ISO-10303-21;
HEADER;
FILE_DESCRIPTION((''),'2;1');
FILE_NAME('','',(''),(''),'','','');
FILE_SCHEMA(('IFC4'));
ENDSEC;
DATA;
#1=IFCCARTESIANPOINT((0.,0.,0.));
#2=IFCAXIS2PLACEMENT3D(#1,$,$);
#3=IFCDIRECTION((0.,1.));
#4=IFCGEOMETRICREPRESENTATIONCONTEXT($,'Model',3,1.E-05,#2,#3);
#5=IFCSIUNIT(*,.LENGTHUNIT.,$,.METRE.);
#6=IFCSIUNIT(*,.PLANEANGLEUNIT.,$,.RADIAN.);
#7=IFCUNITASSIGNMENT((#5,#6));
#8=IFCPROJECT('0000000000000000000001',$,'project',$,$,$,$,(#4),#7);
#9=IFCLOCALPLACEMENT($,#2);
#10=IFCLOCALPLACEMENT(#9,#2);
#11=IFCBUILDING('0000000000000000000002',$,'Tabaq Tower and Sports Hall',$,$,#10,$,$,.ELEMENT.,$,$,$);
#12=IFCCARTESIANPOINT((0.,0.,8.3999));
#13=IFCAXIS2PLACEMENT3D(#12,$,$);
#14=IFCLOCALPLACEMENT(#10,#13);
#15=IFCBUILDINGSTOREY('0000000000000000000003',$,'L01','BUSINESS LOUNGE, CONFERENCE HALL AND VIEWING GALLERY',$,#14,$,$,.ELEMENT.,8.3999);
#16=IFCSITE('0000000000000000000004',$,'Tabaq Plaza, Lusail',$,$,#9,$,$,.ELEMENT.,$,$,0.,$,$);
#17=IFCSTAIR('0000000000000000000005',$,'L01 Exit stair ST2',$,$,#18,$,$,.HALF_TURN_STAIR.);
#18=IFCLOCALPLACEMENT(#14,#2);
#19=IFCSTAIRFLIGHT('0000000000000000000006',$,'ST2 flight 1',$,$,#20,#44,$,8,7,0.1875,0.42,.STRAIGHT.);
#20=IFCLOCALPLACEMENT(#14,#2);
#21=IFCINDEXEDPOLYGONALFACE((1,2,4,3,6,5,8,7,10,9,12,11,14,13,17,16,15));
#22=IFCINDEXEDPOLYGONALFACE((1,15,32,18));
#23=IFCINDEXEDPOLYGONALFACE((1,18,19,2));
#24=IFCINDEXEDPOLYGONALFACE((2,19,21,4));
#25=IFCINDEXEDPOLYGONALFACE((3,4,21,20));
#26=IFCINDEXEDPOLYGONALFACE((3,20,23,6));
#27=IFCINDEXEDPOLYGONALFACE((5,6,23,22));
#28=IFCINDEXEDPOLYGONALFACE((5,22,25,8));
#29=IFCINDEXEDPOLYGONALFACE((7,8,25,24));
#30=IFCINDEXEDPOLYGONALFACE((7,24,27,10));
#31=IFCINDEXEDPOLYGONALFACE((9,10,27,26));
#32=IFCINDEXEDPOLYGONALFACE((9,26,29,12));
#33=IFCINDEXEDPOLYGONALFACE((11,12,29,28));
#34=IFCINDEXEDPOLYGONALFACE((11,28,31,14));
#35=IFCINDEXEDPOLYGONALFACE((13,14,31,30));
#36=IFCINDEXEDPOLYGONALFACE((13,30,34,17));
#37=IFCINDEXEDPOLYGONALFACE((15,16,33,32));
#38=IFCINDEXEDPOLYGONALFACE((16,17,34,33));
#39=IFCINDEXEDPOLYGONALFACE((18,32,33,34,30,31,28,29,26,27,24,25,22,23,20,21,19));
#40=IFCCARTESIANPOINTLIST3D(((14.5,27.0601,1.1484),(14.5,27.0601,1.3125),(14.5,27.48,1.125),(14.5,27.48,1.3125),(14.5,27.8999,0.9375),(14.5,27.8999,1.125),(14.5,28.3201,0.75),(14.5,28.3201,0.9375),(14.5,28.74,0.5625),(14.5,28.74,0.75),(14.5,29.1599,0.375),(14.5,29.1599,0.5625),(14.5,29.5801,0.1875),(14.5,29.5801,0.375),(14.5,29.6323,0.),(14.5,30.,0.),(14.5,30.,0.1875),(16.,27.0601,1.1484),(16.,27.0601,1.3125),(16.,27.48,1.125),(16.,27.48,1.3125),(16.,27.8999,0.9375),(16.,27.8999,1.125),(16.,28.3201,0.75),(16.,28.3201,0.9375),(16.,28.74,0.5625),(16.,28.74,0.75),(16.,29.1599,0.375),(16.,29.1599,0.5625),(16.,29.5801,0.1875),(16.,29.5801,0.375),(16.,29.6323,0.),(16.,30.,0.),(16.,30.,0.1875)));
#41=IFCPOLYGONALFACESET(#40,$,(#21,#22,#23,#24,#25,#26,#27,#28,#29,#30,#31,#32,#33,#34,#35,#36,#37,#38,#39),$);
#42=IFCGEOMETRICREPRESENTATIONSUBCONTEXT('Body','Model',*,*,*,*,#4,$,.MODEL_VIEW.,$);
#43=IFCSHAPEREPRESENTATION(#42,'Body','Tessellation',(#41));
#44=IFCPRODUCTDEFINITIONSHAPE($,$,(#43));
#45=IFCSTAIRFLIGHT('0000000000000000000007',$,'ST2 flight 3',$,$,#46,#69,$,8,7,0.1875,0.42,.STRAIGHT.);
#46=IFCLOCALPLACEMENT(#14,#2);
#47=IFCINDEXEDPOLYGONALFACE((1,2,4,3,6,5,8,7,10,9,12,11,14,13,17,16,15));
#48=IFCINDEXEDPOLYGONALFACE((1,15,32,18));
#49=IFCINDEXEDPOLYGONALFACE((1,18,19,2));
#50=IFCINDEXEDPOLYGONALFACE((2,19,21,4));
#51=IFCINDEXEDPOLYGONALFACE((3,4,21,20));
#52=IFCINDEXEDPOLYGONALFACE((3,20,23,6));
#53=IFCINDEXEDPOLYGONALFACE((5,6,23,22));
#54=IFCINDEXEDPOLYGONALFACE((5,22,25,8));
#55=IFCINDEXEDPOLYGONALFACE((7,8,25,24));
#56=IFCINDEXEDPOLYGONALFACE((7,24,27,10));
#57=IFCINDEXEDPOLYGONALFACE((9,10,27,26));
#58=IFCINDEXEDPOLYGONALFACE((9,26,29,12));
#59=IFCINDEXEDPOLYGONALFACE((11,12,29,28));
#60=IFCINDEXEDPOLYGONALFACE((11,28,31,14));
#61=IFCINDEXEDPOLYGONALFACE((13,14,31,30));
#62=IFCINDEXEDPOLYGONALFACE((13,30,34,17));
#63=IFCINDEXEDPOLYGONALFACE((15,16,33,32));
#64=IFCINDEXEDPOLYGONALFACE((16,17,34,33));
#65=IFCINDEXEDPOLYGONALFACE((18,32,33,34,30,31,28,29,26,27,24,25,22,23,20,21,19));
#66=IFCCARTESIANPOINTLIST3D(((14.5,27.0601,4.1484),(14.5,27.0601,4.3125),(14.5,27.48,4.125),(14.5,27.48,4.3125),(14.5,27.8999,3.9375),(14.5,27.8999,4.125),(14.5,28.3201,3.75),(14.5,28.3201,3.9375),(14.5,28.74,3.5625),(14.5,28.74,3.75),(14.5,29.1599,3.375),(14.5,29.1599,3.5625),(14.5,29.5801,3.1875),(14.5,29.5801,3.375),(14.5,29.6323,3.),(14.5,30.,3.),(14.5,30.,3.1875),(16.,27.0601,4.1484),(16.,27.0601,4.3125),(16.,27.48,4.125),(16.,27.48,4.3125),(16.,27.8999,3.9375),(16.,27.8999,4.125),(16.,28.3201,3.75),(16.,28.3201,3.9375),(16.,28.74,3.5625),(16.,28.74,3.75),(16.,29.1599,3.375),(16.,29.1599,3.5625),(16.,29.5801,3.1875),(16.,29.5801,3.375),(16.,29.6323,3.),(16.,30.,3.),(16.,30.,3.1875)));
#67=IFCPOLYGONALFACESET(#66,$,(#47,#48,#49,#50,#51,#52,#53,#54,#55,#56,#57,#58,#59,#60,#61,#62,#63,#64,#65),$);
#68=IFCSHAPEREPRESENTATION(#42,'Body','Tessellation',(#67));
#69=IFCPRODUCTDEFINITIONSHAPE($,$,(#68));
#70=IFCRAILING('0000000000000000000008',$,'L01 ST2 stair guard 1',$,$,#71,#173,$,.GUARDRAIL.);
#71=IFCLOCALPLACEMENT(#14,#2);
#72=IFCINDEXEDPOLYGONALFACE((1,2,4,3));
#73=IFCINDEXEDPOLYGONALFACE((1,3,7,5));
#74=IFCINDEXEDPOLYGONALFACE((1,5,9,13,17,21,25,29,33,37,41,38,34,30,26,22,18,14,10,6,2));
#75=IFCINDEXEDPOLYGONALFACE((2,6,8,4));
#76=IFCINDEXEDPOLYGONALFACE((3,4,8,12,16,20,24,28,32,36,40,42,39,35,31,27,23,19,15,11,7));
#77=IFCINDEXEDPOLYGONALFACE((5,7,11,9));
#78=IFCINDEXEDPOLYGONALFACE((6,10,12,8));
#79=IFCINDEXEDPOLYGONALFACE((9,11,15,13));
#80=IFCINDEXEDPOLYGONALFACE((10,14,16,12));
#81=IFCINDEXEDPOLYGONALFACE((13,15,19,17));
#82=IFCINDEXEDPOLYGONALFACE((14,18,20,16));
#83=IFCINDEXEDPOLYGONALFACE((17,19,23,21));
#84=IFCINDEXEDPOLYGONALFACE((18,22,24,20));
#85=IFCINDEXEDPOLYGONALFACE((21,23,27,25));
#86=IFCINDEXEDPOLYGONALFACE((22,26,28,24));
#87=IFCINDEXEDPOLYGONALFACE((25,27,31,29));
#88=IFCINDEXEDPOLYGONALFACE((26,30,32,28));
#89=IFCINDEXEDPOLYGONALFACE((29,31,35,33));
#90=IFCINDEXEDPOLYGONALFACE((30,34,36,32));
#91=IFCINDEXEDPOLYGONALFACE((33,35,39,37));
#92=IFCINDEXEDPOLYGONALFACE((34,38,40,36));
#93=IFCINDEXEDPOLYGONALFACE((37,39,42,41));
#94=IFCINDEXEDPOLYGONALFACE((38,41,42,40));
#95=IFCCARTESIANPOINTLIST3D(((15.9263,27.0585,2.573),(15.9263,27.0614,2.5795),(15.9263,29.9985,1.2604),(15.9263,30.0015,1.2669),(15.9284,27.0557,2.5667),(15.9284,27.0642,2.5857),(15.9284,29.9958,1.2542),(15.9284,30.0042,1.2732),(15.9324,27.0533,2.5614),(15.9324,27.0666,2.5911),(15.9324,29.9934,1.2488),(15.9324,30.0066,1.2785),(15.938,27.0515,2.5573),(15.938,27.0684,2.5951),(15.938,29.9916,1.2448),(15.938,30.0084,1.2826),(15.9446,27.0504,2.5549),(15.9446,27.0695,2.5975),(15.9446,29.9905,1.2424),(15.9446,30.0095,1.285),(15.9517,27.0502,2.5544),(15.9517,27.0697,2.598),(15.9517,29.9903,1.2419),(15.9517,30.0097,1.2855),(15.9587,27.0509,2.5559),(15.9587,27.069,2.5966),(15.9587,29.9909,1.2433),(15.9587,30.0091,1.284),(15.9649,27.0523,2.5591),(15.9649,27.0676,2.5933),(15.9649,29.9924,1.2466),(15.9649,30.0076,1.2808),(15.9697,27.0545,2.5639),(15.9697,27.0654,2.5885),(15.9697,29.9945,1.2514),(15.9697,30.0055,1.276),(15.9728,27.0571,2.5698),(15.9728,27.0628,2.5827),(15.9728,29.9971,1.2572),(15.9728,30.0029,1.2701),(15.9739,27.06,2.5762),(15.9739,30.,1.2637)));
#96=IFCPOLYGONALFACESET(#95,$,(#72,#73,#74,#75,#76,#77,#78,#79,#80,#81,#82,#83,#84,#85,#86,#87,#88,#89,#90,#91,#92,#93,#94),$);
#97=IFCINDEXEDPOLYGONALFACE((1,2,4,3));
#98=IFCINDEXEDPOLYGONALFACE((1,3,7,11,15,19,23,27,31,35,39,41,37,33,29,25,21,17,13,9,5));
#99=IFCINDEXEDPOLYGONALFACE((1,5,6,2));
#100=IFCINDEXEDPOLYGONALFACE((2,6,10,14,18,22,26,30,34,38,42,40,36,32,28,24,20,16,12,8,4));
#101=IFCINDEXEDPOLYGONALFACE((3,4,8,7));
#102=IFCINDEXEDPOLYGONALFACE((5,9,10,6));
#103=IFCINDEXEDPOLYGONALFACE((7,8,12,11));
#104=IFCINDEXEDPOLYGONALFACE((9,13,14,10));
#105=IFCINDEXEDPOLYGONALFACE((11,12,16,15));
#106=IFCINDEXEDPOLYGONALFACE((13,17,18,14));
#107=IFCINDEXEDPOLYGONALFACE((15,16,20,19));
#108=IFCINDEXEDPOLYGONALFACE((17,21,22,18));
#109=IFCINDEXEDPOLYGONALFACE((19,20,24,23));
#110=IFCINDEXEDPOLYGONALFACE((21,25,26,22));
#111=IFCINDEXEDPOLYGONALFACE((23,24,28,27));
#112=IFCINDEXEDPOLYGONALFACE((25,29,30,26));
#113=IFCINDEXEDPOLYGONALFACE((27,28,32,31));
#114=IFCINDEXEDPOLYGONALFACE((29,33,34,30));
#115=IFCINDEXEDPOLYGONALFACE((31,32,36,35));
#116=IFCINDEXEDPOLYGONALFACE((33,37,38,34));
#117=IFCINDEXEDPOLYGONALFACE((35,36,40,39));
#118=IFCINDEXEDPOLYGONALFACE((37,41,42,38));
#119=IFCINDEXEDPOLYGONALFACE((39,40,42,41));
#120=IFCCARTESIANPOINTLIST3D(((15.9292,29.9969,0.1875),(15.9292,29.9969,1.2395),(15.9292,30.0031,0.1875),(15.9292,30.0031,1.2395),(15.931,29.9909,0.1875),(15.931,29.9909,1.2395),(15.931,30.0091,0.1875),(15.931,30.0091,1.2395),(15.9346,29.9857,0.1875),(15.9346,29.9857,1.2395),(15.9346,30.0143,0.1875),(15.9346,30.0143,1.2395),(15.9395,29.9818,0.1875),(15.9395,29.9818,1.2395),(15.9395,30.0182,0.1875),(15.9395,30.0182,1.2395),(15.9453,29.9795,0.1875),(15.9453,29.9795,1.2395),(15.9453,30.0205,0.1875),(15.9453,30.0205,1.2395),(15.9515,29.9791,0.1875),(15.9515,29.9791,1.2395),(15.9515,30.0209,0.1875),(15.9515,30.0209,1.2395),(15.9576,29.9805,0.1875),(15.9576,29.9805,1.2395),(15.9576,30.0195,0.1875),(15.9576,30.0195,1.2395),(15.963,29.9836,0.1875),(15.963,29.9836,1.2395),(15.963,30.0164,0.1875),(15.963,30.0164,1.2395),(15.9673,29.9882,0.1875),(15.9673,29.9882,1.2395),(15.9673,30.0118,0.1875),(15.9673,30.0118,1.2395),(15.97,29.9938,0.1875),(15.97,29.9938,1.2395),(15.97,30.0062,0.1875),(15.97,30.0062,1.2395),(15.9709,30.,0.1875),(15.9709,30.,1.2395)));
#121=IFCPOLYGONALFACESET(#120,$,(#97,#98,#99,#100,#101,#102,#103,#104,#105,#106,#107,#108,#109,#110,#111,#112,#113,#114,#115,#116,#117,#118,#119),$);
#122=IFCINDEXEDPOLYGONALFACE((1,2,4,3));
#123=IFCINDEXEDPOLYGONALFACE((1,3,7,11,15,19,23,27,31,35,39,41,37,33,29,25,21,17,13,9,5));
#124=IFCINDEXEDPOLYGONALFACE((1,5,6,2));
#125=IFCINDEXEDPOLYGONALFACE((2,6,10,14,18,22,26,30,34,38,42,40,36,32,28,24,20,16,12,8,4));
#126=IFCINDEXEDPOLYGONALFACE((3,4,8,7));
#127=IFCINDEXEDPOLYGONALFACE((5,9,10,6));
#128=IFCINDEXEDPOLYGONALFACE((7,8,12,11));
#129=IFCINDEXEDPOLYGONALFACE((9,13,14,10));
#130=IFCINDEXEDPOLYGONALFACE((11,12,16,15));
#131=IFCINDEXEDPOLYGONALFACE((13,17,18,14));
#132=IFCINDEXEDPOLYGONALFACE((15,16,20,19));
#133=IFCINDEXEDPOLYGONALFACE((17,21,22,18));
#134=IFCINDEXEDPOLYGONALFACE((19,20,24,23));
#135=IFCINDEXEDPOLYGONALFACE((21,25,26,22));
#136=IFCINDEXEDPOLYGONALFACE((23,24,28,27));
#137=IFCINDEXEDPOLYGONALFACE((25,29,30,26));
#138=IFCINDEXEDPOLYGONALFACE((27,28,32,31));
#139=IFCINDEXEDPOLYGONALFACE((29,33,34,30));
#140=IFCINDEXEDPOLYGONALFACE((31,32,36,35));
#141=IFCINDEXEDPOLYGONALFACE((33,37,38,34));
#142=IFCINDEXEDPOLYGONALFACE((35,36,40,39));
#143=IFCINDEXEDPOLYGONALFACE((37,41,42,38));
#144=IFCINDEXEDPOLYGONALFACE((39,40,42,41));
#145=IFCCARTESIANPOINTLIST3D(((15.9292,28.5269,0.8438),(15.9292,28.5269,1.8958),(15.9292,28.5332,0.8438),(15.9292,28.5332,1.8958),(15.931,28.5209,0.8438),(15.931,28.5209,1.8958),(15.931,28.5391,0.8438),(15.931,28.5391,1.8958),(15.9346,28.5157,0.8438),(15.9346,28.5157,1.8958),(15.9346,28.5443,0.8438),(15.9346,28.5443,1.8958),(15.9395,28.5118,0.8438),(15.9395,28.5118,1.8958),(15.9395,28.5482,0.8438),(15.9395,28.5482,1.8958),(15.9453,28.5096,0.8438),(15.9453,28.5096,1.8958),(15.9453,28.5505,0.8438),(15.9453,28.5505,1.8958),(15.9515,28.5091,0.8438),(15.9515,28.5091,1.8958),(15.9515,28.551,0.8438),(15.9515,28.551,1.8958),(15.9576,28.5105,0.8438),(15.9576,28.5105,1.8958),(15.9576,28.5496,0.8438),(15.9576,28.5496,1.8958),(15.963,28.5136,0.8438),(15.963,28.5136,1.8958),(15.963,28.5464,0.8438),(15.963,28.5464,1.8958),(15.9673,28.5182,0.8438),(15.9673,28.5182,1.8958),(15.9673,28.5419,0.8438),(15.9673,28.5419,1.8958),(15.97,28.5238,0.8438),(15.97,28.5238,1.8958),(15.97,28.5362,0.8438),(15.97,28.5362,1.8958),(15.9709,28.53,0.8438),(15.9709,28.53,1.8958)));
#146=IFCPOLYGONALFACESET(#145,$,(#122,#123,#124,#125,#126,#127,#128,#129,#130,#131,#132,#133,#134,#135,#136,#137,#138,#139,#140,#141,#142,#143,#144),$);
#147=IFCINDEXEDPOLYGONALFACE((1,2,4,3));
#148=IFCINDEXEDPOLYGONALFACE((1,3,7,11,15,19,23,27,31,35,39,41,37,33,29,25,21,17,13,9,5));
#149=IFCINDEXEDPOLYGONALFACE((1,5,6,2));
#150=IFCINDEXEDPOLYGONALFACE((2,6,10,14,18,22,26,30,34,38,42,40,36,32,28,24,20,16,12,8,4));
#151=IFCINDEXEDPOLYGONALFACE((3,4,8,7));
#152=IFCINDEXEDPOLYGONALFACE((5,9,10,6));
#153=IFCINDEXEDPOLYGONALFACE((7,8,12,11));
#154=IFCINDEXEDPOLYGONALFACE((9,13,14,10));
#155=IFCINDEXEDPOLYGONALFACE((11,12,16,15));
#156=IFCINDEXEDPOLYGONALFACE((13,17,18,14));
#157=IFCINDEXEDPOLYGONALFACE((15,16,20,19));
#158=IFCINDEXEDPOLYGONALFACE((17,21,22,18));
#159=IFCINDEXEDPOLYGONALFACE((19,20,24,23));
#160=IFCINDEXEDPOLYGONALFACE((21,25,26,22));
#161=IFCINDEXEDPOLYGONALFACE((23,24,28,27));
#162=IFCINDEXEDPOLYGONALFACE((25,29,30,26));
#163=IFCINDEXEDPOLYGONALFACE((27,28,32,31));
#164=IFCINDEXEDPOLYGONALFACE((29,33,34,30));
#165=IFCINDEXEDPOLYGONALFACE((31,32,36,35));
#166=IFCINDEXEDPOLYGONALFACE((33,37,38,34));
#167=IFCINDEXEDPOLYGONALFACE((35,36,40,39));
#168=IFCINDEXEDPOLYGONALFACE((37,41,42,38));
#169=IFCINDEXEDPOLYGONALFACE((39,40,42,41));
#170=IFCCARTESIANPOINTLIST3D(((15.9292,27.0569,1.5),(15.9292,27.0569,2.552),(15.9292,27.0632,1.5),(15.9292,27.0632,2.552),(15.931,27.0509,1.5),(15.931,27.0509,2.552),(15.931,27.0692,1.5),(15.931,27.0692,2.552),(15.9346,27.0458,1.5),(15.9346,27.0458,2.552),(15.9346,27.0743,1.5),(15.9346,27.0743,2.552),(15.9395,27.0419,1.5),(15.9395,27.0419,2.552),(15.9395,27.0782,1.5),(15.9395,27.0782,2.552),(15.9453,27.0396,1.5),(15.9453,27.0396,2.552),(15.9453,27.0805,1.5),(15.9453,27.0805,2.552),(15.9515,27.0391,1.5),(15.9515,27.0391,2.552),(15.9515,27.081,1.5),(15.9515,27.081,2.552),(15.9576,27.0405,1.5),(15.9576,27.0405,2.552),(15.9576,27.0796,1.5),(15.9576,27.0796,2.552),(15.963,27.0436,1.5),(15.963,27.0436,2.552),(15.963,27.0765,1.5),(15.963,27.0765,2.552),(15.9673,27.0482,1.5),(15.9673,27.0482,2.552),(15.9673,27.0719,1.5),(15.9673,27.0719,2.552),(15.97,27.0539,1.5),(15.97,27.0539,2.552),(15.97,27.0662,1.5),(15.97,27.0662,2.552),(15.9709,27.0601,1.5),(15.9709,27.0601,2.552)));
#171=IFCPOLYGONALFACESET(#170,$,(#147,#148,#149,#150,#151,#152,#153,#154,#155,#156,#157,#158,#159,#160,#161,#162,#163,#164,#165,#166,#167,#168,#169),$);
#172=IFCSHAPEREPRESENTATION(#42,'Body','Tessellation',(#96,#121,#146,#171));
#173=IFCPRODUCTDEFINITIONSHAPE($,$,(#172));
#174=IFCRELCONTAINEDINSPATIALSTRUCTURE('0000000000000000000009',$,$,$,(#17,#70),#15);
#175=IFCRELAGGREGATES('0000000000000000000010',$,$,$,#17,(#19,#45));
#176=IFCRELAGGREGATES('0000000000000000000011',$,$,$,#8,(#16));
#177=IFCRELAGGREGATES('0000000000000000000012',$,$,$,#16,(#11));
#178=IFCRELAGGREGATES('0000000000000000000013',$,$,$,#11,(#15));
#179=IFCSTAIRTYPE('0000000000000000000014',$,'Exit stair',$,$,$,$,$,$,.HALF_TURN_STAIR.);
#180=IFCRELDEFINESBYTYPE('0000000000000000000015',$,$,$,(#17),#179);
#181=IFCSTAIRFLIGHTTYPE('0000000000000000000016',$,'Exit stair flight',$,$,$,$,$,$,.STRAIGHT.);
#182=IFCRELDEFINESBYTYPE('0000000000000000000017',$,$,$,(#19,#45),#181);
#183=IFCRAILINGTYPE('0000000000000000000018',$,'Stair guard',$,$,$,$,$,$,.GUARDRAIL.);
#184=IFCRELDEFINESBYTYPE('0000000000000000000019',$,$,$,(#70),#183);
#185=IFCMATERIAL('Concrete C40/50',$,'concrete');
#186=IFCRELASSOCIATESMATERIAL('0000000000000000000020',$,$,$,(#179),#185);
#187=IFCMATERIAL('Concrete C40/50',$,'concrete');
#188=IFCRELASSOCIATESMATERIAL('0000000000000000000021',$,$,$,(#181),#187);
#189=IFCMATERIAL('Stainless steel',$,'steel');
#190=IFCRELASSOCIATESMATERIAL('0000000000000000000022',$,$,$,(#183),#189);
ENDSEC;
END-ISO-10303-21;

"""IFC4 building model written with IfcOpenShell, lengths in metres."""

from ifc_helpers import new_model, si_unit, direction, frame, origin, origin_2d, place, context, subcontext, project, spatial, polyline, circle, outline, extrude, material, type_object, element, aggregate, save


model = new_model("IFC4")

# Units and contexts
model_context = context("Model", 3, precision=1e-05, world=origin(), true_north=direction((0.0, 1.0)))
body_context = subcontext(model_context, "Body", "Model", "MODEL_VIEW")
ifc_project = project(units=[si_unit("LENGTHUNIT", "METRE"), si_unit("PLANEANGLEUNIT", "RADIAN")], contexts=[model_context])

# Site, building, storey
site_placement = place(None, origin())
site = spatial("IfcSite", under=ifc_project, at=site_placement, Name="Tabaq Plaza, Lusail", CompositionType="ELEMENT", RefElevation=0.0)
building_placement = place(site_placement, origin())
building = spatial("IfcBuilding", under=site, at=building_placement, Name="Tabaq Tower and Sports Hall", CompositionType="ELEMENT")
storey_placement = place(building_placement, frame((0.0, 0.0, 8.3999)))
storey = spatial("IfcBuildingStorey", under=building, at=storey_placement, Name="L01", Description="BUSINESS LOUNGE, CONFERENCE HALL AND VIEWING GALLERY", CompositionType="ELEMENT", Elevation=8.3999)

# Stair, stair flights
ifc_material_1 = material(Name="Concrete C40/50", Category="concrete")
stair_type = type_object("IfcStairType", Name="Exit stair", PredefinedType="HALF_TURN_STAIR", material=ifc_material_1)
stair_placement = place(storey_placement, origin())
stair = element("IfcStair", 1, at=stair_placement, inside=storey, type_object=stair_type, Name="L01 Exit stair ST2", PredefinedType="HALF_TURN_STAIR")
ifc_material_2 = material(Name="Concrete C40/50", Category="concrete")
stair_flight_type = type_object("IfcStairFlightType", Name="Exit stair flight", PredefinedType="STRAIGHT", material=ifc_material_2)
stair_flight_1_placement = place(storey_placement, frame((15.25, 30.0, 0.0), z_axis=(0.0, 0.0, 1.0), x_axis=(0.0, -1.0, 0.0)))
stair_flight_1 = element("IfcStairFlight", 2, at=stair_flight_1_placement, type_object=stair_flight_type, Name="ST2 flight 1", NumberOfRisers=8, NumberOfTreads=7, PredefinedType="STRAIGHT", RiserHeight=0.1875, TreadLength=0.42, context=body_context, shape_type="SweptSolid", body=[
    extrude(outline(polyline([(0.0, 0.0), (0.0, 0.1875), (0.4199, 0.1875), (0.4199, 0.375), (0.8401, 0.375), (0.8401, 0.5625), (1.26, 0.5625), (1.26, 0.75), (1.6799, 0.75), (1.6799, 0.9375), (2.1001, 0.9375), (2.1001, 1.125), (2.52, 1.125), (2.52, 1.3125), (2.9399, 1.3125), (2.9399, 1.5), (2.9399, 1.1484), (0.3677, 0.0), (0.0, 0.0)])), frame((0.0, 0.75, 0.0), z_axis=(0.0, -1.0, 0.0), x_axis=(1.0, 0.0, 0.0)), (0.0, 0.0, 1.0), 1.5),
])
stair_flight_2_placement = place(storey_placement, frame((15.25, 30.0, 3.0), z_axis=(0.0, 0.0, 1.0), x_axis=(0.0, -1.0, 0.0)))
stair_flight_2 = element("IfcStairFlight", 3, at=stair_flight_2_placement, type_object=stair_flight_type, Name="ST2 flight 3", NumberOfRisers=8, NumberOfTreads=7, PredefinedType="STRAIGHT", RiserHeight=0.1875, TreadLength=0.42, context=body_context, shape_type="SweptSolid", body=[
    extrude(outline(polyline([(0.0, 0.0), (0.0, 0.1875), (0.4199, 0.1875), (0.4199, 0.375), (0.8401, 0.375), (0.8401, 0.5625), (1.26, 0.5625), (1.26, 0.75), (1.6799, 0.75), (1.6799, 0.9375), (2.1001, 0.9375), (2.1001, 1.125), (2.52, 1.125), (2.52, 1.3125), (2.9399, 1.3125), (2.9399, 1.5), (2.9399, 1.1484), (0.3677, 0.0), (0.0, 0.0)])), frame((0.0, 0.75, 0.0), z_axis=(0.0, -1.0, 0.0), x_axis=(1.0, 0.0, 0.0)), (0.0, 0.0, 1.0), 1.5),
])
aggregate(stair, [stair_flight_1, stair_flight_2])

# Railing
ifc_material_3 = material(Name="Stainless steel", Category="steel")
railing_type_1 = type_object("IfcRailingType", Name="Stair guard", PredefinedType="GUARDRAIL", material=ifc_material_3)
railing_1_placement = place(storey_placement, frame((15.95, 30.0, 0.1875)))
element("IfcRailing", 4, at=railing_1_placement, inside=storey, type_object=railing_type_1, Name="L01 ST2 stair guard 1", PredefinedType="GUARDRAIL", context=body_context, shape_type="SweptSolid", body=[
    extrude(circle(Radius=0.0239, at=origin_2d()), frame((0.0, 0.0, 1.0762), z_axis=(0.0, -0.913135, 0.407658), x_axis=(1.0, 0.0, 0.0)), (0.0, 0.0, 1.0), 3.2197),
    extrude(circle(Radius=0.021, at=origin_2d()), origin(), (0.0, 0.0, 1.0), 1.052),
    extrude(circle(Radius=0.021, at=origin_2d()), frame((0.0, -1.47, 0.6562)), (0.0, 0.0, 1.0), 1.052),
    extrude(circle(Radius=0.021, at=origin_2d()), frame((0.0, -2.9399, 1.3125)), (0.0, 0.0, 1.0), 1.052),
])

save(model, "model.ifc")
